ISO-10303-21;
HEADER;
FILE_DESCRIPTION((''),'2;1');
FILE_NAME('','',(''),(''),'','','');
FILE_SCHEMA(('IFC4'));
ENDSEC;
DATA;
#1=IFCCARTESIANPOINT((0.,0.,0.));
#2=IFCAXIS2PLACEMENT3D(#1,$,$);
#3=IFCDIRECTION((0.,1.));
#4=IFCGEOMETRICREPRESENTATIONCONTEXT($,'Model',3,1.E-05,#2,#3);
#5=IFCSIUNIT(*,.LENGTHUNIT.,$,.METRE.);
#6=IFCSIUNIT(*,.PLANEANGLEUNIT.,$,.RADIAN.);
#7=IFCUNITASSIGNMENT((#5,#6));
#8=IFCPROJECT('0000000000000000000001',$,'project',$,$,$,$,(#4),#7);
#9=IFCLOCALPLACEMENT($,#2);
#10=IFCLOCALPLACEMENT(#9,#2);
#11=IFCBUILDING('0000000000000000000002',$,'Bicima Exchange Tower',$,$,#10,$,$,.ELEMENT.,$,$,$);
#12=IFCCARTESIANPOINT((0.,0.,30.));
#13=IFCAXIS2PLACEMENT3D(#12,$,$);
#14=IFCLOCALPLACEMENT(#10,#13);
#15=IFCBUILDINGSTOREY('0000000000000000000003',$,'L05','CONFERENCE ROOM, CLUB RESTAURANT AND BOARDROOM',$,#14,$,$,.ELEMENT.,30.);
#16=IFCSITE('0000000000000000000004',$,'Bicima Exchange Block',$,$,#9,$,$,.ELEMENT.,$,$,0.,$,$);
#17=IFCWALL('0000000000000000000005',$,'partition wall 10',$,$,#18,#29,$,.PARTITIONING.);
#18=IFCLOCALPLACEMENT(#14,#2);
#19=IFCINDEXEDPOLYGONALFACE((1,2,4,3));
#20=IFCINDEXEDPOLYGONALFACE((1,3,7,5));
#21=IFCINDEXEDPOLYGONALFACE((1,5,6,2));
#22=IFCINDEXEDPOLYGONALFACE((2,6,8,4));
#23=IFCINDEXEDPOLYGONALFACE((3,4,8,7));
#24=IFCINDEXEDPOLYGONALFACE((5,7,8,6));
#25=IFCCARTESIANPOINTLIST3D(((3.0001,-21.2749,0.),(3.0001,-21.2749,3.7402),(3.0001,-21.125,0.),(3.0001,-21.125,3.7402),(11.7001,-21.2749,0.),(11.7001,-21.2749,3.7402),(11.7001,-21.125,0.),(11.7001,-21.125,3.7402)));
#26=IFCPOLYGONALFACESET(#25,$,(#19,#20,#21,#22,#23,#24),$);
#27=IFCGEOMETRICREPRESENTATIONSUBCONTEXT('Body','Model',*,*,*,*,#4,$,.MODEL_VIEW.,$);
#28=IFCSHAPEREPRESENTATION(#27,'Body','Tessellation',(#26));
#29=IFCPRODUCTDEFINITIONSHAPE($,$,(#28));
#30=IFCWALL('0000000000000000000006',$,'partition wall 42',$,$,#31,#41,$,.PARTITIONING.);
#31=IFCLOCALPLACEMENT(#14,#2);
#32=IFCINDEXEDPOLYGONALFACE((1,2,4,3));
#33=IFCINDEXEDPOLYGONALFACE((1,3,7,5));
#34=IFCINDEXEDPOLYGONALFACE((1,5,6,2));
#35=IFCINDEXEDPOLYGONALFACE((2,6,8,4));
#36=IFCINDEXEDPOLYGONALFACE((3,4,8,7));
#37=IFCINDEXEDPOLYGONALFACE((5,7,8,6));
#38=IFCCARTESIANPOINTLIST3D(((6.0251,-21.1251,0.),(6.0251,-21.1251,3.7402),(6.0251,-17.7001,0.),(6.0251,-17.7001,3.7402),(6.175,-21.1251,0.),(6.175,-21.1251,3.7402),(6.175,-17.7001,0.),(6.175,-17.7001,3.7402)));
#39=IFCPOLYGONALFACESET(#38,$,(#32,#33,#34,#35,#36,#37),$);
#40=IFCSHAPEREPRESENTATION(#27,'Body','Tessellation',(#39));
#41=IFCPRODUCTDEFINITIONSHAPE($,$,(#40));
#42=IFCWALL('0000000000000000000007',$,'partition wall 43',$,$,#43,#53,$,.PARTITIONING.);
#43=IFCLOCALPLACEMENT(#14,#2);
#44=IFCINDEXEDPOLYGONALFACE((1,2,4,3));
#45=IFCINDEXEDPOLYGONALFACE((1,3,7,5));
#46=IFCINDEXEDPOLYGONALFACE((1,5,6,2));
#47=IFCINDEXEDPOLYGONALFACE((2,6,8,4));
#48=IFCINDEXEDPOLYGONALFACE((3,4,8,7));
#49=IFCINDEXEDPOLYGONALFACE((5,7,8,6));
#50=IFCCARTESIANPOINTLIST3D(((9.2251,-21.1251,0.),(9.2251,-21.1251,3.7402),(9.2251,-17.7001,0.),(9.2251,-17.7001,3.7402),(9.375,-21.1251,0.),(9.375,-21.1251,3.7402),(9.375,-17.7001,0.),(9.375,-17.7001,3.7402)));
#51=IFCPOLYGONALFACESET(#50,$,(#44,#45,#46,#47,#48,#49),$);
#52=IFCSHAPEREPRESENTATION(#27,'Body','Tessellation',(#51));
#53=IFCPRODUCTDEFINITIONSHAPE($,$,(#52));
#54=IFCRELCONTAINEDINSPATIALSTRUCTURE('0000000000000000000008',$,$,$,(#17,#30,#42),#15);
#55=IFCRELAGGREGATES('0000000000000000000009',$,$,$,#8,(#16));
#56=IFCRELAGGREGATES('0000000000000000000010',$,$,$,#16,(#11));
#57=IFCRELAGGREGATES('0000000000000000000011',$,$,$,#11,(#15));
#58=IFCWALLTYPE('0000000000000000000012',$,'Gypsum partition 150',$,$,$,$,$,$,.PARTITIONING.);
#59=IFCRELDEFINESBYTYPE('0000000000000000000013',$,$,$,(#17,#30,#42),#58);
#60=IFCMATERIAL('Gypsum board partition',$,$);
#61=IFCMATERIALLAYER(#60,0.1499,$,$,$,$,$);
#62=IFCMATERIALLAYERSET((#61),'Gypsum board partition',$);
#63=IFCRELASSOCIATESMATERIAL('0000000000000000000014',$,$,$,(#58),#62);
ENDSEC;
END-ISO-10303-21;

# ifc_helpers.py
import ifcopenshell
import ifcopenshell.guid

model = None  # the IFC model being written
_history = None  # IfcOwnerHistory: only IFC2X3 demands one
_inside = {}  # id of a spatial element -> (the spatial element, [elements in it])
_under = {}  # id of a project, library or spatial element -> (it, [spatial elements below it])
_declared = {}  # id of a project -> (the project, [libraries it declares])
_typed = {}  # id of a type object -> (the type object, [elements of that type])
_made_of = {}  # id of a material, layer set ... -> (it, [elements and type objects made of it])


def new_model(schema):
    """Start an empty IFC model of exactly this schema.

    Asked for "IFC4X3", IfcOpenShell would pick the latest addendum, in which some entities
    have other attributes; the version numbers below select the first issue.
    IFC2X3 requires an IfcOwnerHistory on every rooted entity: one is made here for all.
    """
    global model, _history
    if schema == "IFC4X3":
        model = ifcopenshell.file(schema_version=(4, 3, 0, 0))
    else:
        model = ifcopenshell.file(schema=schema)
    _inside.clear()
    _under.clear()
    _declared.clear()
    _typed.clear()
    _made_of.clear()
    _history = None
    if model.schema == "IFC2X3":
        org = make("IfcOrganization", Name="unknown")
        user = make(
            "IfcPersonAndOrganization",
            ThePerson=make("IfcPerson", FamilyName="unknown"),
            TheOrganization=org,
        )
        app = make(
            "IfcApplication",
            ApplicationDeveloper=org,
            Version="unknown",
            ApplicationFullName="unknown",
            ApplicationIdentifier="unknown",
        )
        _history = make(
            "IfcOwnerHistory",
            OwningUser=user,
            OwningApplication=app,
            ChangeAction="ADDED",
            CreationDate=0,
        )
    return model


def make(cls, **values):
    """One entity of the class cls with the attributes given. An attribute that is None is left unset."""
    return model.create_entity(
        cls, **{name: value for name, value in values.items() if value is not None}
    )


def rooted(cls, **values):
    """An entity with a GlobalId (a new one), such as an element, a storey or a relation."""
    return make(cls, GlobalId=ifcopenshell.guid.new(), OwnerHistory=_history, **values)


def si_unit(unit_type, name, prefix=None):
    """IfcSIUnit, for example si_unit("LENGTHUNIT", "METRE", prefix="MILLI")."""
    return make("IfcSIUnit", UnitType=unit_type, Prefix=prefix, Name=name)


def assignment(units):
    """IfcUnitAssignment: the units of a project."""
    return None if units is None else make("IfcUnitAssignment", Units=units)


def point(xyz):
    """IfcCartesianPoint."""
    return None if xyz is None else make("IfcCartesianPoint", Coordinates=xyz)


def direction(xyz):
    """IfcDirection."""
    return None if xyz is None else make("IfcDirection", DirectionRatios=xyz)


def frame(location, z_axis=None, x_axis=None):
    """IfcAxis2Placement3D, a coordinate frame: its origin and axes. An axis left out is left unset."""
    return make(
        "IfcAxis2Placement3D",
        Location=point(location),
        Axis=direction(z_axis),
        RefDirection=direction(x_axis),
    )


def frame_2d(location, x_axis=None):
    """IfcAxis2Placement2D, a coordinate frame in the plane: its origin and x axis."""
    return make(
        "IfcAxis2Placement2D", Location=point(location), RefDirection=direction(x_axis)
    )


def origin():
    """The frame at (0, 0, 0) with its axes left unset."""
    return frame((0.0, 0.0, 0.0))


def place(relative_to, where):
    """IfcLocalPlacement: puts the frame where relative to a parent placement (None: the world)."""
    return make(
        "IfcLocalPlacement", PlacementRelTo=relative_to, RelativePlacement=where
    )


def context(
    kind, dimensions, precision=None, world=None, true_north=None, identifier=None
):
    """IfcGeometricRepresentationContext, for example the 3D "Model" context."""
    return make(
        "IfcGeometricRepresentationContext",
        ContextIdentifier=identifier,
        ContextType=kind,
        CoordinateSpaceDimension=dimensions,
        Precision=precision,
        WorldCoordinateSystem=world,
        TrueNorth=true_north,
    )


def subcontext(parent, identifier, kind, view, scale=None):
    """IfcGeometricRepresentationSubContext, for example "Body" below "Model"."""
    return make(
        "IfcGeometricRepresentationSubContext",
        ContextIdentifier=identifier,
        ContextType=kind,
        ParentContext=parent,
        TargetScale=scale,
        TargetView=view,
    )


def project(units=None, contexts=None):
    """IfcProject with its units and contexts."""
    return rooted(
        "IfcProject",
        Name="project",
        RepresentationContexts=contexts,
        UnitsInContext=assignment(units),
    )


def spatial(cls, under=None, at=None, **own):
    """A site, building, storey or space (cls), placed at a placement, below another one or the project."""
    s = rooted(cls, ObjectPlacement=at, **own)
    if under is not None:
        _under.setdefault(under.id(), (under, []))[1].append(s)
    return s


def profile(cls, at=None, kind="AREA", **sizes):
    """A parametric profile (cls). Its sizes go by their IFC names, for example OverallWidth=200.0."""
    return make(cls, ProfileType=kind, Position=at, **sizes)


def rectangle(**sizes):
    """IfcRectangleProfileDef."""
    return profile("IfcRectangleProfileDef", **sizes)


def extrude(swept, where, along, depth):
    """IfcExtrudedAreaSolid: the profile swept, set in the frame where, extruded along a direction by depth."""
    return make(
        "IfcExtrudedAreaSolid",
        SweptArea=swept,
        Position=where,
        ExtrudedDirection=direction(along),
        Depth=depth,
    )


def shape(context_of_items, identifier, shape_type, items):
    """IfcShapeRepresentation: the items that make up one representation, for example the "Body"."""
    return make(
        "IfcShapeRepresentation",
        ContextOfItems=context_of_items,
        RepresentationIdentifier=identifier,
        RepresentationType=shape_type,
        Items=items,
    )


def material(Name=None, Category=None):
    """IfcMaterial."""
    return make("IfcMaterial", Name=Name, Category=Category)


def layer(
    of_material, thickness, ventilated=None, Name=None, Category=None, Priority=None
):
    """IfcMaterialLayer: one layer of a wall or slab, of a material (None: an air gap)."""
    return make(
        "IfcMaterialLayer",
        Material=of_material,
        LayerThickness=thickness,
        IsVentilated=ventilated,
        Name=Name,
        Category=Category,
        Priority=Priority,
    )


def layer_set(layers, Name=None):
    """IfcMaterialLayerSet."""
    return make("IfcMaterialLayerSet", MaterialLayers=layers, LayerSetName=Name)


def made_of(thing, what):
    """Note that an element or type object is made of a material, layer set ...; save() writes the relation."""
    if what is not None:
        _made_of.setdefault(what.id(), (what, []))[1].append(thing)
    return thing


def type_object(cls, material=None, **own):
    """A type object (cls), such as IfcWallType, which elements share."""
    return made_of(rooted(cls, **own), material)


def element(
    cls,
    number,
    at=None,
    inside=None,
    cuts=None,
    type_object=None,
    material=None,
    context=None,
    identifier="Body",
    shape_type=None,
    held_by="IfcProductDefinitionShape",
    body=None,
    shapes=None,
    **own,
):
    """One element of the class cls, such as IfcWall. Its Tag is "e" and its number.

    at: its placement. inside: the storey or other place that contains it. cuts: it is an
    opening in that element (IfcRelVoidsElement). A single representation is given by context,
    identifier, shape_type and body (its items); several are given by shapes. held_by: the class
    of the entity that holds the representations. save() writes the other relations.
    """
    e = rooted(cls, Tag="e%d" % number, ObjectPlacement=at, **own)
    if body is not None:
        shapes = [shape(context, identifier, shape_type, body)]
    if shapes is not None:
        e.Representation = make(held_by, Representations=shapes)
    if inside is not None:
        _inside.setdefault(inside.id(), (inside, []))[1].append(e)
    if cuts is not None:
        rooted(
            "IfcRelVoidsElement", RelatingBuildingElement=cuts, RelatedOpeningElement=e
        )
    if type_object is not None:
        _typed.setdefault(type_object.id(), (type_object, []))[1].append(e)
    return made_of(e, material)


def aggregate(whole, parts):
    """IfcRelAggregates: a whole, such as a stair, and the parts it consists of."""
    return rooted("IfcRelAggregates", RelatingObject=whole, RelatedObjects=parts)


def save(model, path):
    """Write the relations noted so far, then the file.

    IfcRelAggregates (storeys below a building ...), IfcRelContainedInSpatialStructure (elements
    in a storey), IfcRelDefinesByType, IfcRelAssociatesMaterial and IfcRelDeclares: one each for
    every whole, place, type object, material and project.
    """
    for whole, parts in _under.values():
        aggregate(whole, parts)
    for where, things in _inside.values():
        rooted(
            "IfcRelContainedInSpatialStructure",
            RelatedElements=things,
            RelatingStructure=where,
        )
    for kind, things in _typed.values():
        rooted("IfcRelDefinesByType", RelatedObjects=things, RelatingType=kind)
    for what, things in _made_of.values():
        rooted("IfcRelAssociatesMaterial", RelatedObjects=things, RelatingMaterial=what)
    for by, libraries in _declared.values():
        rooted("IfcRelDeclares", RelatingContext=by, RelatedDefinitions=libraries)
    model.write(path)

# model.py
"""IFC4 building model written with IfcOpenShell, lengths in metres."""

from ifc_helpers import new_model, si_unit, direction, frame, frame_2d, origin, place, context, subcontext, project, spatial, rectangle, extrude, material, layer, layer_set, type_object, element, save


model = new_model("IFC4")

# Units and contexts
model_context = context("Model", 3, precision=1e-05, world=origin(), true_north=direction((0.0, 1.0)))
body_context = subcontext(model_context, "Body", "Model", "MODEL_VIEW")
ifc_project = project(units=[si_unit("LENGTHUNIT", "METRE"), si_unit("PLANEANGLEUNIT", "RADIAN")], contexts=[model_context])

# Site, building, storey
site_placement = place(None, origin())
site = spatial("IfcSite", under=ifc_project, at=site_placement, Name="Bicima Exchange Block", CompositionType="ELEMENT", RefElevation=0.0)
building_placement = place(site_placement, origin())
building = spatial("IfcBuilding", under=site, at=building_placement, Name="Bicima Exchange Tower", CompositionType="ELEMENT")
storey_placement = place(building_placement, frame((0.0, 0.0, 30.0)))
storey = spatial("IfcBuildingStorey", under=building, at=storey_placement, Name="L05", Description="CONFERENCE ROOM, CLUB RESTAURANT AND BOARDROOM", CompositionType="ELEMENT", Elevation=30.0)

# Shared definitions
ifc_material_1 = material(Name="Gypsum board partition")

# Walls
ifc_layer_1 = layer(ifc_material_1, 0.1499)
ifc_layer_set_1 = layer_set([ifc_layer_1], Name="Gypsum board partition")
wall_type_1 = type_object("IfcWallType", Name="Gypsum partition 150", PredefinedType="PARTITIONING", material=ifc_layer_set_1)
wall_1_placement = place(storey_placement, frame((3.0, -21.2, 0.0), z_axis=(0.0, 0.0, 1.0), x_axis=(1.0, 0.0, 0.0)))
element("IfcWall", 1, at=wall_1_placement, inside=storey, type_object=wall_type_1, Name="partition wall 10", PredefinedType="PARTITIONING", context=body_context, shape_type="SweptSolid", body=[
    extrude(rectangle(XDim=8.7, YDim=0.1499, at=frame_2d((4.3501, 0.0))), origin(), (0.0, 0.0, 1.0), 3.7402),
])
for number, where, z_axis, x_axis, name in (
    (2, (6.1001, -21.125, 0.0), (0.0, 0.0, 1.0), (0.0, 1.0, 0.0), "partition wall 42"),
    (3, (9.3, -21.125, 0.0), (0.0, 0.0, 1.0), (0.0, 1.0, 0.0), "partition wall 43"),
):
    element("IfcWall", number, at=place(storey_placement, frame(where, z_axis=z_axis, x_axis=x_axis)), inside=storey, type_object=wall_type_1, Name=name, PredefinedType="PARTITIONING", context=body_context, shape_type="SweptSolid", body=[
        extrude(rectangle(XDim=3.425, YDim=0.1499, at=frame_2d((1.7124, 0.0))), origin(), (0.0, 0.0, 1.0), 3.7402),
    ])

save(model, "model.ifc")
